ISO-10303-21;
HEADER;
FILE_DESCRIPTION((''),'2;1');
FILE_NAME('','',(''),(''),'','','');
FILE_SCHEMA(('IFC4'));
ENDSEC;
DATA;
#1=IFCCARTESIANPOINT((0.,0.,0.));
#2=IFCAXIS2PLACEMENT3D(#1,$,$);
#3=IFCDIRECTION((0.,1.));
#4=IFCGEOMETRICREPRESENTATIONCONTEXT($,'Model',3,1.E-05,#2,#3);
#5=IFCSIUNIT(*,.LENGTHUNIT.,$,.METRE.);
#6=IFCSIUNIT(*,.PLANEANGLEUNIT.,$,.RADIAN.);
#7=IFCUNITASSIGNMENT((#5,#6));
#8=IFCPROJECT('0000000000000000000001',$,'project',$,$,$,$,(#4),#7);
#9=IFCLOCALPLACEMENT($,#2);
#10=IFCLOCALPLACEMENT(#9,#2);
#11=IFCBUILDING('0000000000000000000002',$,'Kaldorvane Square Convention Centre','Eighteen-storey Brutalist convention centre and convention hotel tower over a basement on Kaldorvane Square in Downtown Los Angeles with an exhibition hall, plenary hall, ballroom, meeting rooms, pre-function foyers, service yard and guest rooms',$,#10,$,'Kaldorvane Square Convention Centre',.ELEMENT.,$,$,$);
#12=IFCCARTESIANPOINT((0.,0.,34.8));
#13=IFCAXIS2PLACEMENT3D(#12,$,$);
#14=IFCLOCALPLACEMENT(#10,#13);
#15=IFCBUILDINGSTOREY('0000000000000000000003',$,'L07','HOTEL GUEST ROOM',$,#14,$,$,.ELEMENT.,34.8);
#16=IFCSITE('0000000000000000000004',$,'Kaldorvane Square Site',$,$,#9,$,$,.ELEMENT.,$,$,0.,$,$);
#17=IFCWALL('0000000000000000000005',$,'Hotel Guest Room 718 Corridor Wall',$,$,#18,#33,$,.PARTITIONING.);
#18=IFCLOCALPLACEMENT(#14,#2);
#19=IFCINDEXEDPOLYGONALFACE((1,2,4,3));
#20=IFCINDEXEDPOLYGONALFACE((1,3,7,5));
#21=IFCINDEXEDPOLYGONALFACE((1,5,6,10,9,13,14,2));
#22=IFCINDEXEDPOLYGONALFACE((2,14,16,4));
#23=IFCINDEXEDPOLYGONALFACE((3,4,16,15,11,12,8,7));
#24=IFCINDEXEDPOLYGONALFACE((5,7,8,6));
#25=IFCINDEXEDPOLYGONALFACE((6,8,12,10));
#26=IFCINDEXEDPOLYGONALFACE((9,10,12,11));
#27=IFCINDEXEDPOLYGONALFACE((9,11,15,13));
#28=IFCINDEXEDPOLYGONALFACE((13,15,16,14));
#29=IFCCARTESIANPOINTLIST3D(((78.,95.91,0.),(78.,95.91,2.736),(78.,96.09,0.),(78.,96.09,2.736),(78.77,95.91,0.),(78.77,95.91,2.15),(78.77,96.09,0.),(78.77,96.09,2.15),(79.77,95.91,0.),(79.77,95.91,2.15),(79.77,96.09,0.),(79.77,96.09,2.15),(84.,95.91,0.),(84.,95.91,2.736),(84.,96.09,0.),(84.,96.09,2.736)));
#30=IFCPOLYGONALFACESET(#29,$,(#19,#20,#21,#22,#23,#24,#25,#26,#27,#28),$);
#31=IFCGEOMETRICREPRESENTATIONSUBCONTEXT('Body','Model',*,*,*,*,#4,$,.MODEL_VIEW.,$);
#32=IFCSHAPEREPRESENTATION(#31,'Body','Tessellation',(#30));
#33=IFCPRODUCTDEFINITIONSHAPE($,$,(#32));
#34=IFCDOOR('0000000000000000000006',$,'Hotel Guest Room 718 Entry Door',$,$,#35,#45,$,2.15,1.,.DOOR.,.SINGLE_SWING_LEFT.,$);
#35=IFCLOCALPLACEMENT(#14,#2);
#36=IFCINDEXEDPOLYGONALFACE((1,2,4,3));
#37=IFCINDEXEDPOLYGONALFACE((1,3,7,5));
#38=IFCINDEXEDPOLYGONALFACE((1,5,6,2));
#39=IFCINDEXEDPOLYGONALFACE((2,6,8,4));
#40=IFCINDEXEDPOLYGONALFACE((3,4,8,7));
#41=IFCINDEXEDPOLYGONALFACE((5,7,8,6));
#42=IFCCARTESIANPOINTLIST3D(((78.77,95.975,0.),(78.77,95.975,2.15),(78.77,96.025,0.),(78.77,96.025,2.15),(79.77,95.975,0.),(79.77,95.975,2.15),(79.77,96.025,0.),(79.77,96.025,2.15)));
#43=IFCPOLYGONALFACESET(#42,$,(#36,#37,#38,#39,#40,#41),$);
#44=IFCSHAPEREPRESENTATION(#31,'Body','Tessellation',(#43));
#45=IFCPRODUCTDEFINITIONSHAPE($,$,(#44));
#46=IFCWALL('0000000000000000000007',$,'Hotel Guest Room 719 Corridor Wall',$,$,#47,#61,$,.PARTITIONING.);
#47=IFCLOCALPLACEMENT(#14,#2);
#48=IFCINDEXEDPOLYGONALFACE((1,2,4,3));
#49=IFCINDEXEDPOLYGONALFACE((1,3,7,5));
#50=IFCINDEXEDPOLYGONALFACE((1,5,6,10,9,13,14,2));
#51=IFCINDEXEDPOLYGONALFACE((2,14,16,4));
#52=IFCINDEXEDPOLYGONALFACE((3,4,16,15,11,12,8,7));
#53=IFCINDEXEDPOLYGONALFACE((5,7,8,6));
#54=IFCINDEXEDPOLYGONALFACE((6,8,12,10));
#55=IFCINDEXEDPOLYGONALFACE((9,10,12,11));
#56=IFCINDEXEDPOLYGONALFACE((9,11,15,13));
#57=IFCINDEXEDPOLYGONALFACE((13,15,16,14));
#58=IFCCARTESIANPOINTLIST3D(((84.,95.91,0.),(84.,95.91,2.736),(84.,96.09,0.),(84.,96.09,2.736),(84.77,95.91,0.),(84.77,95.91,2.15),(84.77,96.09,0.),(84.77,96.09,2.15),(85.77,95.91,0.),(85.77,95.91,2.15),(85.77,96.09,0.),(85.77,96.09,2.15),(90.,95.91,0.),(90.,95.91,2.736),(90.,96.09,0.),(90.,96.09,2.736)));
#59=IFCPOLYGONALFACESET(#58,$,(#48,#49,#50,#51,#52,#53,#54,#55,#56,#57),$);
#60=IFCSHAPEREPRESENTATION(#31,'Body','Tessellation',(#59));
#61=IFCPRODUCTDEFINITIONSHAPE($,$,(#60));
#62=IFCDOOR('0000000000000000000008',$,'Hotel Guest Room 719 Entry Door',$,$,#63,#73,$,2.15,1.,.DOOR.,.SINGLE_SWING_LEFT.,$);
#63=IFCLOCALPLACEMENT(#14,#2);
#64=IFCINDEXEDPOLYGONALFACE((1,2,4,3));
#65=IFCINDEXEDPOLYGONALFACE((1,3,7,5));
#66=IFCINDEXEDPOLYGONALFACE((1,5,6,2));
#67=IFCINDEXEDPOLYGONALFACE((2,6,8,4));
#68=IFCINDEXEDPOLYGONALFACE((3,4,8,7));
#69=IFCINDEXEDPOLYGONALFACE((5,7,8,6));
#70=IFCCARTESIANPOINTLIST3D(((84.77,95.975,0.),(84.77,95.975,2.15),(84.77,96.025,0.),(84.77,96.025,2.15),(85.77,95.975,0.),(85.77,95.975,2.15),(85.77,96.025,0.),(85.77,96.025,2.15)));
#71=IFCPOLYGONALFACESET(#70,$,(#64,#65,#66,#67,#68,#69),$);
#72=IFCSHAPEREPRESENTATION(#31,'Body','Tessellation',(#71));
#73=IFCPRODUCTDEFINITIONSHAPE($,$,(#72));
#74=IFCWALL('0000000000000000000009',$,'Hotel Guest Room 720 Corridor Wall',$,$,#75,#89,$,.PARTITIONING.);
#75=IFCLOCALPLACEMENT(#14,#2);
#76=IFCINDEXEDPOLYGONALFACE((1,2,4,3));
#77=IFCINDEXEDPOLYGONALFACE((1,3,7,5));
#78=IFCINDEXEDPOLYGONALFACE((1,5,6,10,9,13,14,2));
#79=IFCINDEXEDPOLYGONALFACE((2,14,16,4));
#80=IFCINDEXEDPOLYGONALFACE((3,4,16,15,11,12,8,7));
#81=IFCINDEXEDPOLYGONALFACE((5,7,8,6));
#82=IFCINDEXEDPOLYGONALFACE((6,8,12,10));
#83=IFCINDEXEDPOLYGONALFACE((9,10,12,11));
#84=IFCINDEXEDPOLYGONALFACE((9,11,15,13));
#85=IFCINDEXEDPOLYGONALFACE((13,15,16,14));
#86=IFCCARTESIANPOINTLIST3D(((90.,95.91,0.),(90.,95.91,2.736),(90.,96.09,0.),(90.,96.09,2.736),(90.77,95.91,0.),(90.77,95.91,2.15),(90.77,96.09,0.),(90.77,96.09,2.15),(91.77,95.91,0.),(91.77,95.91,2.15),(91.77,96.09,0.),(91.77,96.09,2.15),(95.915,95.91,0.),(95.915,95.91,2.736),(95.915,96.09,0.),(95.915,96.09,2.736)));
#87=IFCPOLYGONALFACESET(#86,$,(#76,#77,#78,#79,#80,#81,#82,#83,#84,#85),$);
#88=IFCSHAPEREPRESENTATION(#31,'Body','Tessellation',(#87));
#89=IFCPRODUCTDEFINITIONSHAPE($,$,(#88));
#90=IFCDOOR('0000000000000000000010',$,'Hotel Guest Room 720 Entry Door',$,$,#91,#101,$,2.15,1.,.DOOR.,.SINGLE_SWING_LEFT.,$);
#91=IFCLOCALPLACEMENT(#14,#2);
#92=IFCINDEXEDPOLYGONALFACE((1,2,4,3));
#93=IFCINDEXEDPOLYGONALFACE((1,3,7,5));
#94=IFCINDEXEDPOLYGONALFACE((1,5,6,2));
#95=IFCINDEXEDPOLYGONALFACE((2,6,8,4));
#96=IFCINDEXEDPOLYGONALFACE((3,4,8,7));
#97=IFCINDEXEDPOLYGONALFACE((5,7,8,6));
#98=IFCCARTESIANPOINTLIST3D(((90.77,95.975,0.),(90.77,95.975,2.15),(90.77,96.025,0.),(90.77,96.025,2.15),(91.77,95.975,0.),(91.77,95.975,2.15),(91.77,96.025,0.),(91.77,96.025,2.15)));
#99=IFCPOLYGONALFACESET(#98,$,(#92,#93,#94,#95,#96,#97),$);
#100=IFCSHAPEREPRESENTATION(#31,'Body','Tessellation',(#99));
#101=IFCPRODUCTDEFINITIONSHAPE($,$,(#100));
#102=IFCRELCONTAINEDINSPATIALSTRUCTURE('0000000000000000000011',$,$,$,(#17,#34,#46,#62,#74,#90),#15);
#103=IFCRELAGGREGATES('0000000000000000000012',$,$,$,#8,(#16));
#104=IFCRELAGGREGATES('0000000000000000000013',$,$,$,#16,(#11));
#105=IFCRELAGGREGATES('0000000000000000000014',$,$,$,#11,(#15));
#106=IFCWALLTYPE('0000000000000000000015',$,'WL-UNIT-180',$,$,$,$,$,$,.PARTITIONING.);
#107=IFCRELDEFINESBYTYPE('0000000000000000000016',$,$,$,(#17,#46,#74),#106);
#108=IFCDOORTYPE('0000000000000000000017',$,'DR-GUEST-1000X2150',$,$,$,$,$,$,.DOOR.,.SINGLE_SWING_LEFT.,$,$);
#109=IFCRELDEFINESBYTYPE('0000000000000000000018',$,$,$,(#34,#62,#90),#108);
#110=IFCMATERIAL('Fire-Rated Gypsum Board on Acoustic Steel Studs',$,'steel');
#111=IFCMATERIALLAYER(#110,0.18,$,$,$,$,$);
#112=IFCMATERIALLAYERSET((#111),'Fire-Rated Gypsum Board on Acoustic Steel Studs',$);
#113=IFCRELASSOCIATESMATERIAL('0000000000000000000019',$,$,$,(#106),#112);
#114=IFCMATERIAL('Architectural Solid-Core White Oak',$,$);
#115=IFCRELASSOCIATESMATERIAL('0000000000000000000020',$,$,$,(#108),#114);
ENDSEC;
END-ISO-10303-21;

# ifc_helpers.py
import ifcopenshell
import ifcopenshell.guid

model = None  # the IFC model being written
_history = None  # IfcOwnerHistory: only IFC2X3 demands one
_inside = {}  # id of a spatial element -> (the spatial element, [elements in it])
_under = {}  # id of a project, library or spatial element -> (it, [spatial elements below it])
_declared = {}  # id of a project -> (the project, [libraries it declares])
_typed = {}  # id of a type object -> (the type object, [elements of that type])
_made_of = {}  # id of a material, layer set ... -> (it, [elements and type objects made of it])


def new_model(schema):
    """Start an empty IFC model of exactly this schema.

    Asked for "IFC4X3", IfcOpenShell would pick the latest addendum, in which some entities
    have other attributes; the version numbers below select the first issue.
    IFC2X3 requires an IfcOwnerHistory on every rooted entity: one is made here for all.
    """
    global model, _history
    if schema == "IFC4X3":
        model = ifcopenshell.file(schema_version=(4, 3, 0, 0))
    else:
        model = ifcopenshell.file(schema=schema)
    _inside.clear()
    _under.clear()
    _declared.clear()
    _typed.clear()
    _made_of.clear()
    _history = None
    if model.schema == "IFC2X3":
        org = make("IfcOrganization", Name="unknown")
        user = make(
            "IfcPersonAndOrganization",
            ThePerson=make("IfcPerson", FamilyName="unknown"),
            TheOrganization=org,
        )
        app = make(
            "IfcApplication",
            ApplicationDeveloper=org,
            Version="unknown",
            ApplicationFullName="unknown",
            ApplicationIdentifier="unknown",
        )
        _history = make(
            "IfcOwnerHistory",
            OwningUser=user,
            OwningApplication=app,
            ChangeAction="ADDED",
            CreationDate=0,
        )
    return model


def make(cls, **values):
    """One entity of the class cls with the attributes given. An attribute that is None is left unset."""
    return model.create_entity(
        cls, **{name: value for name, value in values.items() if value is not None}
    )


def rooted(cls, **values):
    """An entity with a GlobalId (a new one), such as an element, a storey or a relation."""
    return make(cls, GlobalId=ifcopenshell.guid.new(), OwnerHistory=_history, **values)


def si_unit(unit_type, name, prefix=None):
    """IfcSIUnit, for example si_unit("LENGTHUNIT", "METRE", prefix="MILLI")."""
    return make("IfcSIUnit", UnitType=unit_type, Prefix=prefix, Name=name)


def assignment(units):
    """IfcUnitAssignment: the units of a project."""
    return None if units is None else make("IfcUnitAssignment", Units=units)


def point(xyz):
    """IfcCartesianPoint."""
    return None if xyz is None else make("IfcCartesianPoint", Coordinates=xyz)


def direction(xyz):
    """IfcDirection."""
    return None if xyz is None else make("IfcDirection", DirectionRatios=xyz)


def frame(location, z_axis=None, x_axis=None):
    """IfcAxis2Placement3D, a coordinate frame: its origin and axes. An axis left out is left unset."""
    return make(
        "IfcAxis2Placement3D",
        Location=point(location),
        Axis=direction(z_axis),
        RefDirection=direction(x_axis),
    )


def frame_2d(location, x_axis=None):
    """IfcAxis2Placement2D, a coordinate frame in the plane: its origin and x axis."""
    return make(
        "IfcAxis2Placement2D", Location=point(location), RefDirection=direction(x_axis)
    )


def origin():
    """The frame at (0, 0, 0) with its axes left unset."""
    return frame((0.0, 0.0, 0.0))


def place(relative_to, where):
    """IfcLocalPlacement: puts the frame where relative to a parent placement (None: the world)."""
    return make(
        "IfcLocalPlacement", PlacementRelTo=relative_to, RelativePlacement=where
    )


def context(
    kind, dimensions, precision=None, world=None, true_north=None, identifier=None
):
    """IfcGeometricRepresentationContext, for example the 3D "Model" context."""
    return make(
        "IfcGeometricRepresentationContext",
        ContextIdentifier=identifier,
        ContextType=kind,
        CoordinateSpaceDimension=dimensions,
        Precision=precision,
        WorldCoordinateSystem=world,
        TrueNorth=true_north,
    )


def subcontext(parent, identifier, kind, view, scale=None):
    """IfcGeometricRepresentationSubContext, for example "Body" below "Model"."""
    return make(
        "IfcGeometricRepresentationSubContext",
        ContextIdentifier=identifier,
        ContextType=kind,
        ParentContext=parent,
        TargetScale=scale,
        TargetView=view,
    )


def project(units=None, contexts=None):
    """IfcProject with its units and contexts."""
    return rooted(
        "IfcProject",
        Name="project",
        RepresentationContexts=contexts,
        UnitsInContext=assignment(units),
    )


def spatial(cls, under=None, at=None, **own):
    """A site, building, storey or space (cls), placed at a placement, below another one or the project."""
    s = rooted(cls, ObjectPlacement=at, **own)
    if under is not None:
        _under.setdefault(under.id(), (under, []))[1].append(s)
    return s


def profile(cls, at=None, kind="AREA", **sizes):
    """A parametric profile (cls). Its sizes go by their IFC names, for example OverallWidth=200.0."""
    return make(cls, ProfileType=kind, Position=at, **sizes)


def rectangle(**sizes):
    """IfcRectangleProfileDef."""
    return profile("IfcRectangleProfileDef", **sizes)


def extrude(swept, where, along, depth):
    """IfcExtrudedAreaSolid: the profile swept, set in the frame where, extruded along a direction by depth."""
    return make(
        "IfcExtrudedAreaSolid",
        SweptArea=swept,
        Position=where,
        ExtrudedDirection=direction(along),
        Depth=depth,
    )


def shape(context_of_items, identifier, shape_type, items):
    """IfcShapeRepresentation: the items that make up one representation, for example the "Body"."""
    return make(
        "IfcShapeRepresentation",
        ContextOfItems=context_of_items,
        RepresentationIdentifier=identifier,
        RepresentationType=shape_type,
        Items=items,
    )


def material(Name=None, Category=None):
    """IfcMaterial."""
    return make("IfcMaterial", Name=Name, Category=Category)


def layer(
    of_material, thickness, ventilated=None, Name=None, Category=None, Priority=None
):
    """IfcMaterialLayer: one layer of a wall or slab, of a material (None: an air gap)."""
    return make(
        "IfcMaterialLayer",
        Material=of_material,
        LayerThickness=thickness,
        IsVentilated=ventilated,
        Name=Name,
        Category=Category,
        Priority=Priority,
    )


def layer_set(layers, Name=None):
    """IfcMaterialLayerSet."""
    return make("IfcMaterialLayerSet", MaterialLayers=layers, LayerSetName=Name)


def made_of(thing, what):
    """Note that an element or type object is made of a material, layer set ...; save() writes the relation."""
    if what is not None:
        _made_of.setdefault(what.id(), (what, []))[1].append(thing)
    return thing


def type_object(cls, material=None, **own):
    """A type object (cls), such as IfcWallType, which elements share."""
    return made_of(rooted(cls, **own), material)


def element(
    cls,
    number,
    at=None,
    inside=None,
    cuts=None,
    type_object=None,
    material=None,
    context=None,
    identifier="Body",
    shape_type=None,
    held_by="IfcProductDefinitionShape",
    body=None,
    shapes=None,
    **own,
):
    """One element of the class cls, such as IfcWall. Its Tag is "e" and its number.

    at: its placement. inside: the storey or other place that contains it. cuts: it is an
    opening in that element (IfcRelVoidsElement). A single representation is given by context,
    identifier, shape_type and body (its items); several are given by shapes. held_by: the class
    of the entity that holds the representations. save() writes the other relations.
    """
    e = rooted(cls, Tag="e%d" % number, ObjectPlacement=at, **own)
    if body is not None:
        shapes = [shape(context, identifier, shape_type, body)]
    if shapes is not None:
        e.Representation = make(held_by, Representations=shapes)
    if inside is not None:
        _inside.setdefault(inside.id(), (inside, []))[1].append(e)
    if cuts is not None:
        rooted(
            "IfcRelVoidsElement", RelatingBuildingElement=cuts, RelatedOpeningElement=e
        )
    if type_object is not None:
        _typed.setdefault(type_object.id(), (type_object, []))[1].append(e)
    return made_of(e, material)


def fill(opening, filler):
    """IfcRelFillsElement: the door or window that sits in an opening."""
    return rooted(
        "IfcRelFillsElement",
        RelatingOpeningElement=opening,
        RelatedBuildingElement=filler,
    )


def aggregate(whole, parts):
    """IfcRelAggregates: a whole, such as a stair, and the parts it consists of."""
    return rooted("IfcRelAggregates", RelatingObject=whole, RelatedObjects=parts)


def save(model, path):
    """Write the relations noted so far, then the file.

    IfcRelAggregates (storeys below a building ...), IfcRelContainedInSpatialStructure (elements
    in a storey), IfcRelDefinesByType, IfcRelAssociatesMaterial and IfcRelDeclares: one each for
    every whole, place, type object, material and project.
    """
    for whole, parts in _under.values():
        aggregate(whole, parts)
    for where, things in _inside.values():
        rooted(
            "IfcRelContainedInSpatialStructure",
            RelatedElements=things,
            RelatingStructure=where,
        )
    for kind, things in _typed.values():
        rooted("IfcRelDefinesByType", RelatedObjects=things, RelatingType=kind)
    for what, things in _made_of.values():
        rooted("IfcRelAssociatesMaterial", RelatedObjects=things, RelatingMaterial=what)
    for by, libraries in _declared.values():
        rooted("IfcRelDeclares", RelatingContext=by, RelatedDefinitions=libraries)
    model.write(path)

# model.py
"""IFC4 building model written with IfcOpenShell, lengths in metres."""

from ifc_helpers import new_model, si_unit, direction, frame, frame_2d, origin, place, context, subcontext, project, spatial, rectangle, extrude, material, layer, layer_set, type_object, element, fill, save


model = new_model("IFC4")

# Units and contexts
model_context = context("Model", 3, precision=1e-05, world=origin(), true_north=direction((0.0, 1.0)))
body_context = subcontext(model_context, "Body", "Model", "MODEL_VIEW")
ifc_project = project(units=[si_unit("LENGTHUNIT", "METRE"), si_unit("PLANEANGLEUNIT", "RADIAN")], contexts=[model_context])

# Site, building, storey
site_placement = place(None, origin())
site = spatial("IfcSite", under=ifc_project, at=site_placement, Name="Kaldorvane Square Site", CompositionType="ELEMENT", RefElevation=0.0)
building_placement = place(site_placement, origin())
building = spatial("IfcBuilding", under=site, at=building_placement, Name="Kaldorvane Square Convention Centre", Description="Eighteen-storey Brutalist convention centre and convention hotel tower over a basement on Kaldorvane Square in Downtown Los Angeles with an exhibition hall, plenary hall, ballroom, meeting rooms, pre-function foyers, service yard and guest rooms", LongName="Kaldorvane Square Convention Centre", CompositionType="ELEMENT")
storey_placement = place(building_placement, frame((0.0, 0.0, 34.8)))
storey = spatial("IfcBuildingStorey", under=building, at=storey_placement, Name="L07", Description="HOTEL GUEST ROOM", CompositionType="ELEMENT", Elevation=34.8)

# Shared definitions
ifc_material_1 = material(Name="Fire-Rated Gypsum Board on Acoustic Steel Studs", Category="steel")
ifc_material_2 = material(Name="Architectural Solid-Core White Oak")

# Walls, openings, doors
ifc_layer_1 = layer(ifc_material_1, 0.18)
ifc_layer_set_1 = layer_set([ifc_layer_1], Name="Fire-Rated Gypsum Board on Acoustic Steel Studs")
wall_type_1 = type_object("IfcWallType", Name="WL-UNIT-180", PredefinedType="PARTITIONING", material=ifc_layer_set_1)
wall_1_placement = place(storey_placement, frame((78.0, 96.0, 0.0), z_axis=(0.0, 0.0, 1.0), x_axis=(1.0, 0.0, 0.0)))
wall_1 = element("IfcWall", 1, at=wall_1_placement, inside=storey, type_object=wall_type_1, Name="Hotel Guest Room 718 Corridor Wall", PredefinedType="PARTITIONING", context=body_context, shape_type="SweptSolid", body=[
    extrude(rectangle(XDim=6.0, YDim=0.18, at=frame_2d((3.0, 0.0))), origin(), (0.0, 0.0, 1.0), 2.736),
])
opening_1_placement = place(wall_1_placement, frame((0.77, 0.0, 0.0)))
opening_1 = element("IfcOpeningElement", 2, at=opening_1_placement, cuts=wall_1, PredefinedType="OPENING", context=body_context, shape_type="SweptSolid", body=[
    extrude(rectangle(XDim=1.0, YDim=2.15, at=frame_2d((0.5, 1.075))), frame((0.0, 0.105, 0.0), z_axis=(0.0, -1.0, 0.0), x_axis=(1.0, 0.0, 0.0)), (0.0, 0.0, 1.0), 0.21),
])
door_type_1 = type_object("IfcDoorType", Name="DR-GUEST-1000X2150", OperationType="SINGLE_SWING_LEFT", PredefinedType="DOOR", material=ifc_material_2)
door_1_placement = place(opening_1_placement, origin())
door_1 = element("IfcDoor", 3, at=door_1_placement, inside=storey, type_object=door_type_1, Name="Hotel Guest Room 718 Entry Door", OperationType="SINGLE_SWING_LEFT", OverallHeight=2.15, OverallWidth=1.0, PredefinedType="DOOR", context=body_context, shape_type="SweptSolid", body=[
    extrude(rectangle(XDim=1.0, YDim=2.15, at=frame_2d((0.5, 1.075))), frame((0.0, 0.025, 0.0), z_axis=(0.0, -1.0, 0.0), x_axis=(1.0, 0.0, 0.0)), (0.0, 0.0, 1.0), 0.05),
])
fill(opening_1, door_1)
wall_2_placement = place(storey_placement, frame((84.0, 96.0, 0.0), z_axis=(0.0, 0.0, 1.0), x_axis=(1.0, 0.0, 0.0)))
wall_2 = element("IfcWall", 4, at=wall_2_placement, inside=storey, type_object=wall_type_1, Name="Hotel Guest Room 719 Corridor Wall", PredefinedType="PARTITIONING", context=body_context, shape_type="SweptSolid", body=[
    extrude(rectangle(XDim=6.0, YDim=0.18, at=frame_2d((3.0, 0.0))), origin(), (0.0, 0.0, 1.0), 2.736),
])
opening_2_placement = place(wall_2_placement, frame((0.77, 0.0, 0.0)))
opening_2 = element("IfcOpeningElement", 5, at=opening_2_placement, cuts=wall_2, PredefinedType="OPENING", context=body_context, shape_type="SweptSolid", body=[
    extrude(rectangle(XDim=1.0, YDim=2.15, at=frame_2d((0.5, 1.075))), frame((0.0, 0.105, 0.0), z_axis=(0.0, -1.0, 0.0), x_axis=(1.0, 0.0, 0.0)), (0.0, 0.0, 1.0), 0.21),
])
door_2_placement = place(opening_2_placement, origin())
door_2 = element("IfcDoor", 6, at=door_2_placement, inside=storey, type_object=door_type_1, Name="Hotel Guest Room 719 Entry Door", OperationType="SINGLE_SWING_LEFT", OverallHeight=2.15, OverallWidth=1.0, PredefinedType="DOOR", context=body_context, shape_type="SweptSolid", body=[
    extrude(rectangle(XDim=1.0, YDim=2.15, at=frame_2d((0.5, 1.075))), frame((0.0, 0.025, 0.0), z_axis=(0.0, -1.0, 0.0), x_axis=(1.0, 0.0, 0.0)), (0.0, 0.0, 1.0), 0.05),
])
fill(opening_2, door_2)
wall_3_placement = place(storey_placement, frame((90.0, 96.0, 0.0), z_axis=(0.0, 0.0, 1.0), x_axis=(1.0, 0.0, 0.0)))
wall_3 = element("IfcWall", 7, at=wall_3_placement, inside=storey, type_object=wall_type_1, Name="Hotel Guest Room 720 Corridor Wall", PredefinedType="PARTITIONING", context=body_context, shape_type="SweptSolid", body=[
    extrude(rectangle(XDim=5.915, YDim=0.18, at=frame_2d((2.9575, 0.0))), origin(), (0.0, 0.0, 1.0), 2.736),
])
opening_3_placement = place(wall_3_placement, frame((0.77, 0.0, 0.0)))
opening_3 = element("IfcOpeningElement", 8, at=opening_3_placement, cuts=wall_3, PredefinedType="OPENING", context=body_context, shape_type="SweptSolid", body=[
    extrude(rectangle(XDim=1.0, YDim=2.15, at=frame_2d((0.5, 1.075))), frame((0.0, 0.105, 0.0), z_axis=(0.0, -1.0, 0.0), x_axis=(1.0, 0.0, 0.0)), (0.0, 0.0, 1.0), 0.21),
])
door_3_placement = place(opening_3_placement, origin())
door_3 = element("IfcDoor", 9, at=door_3_placement, inside=storey, type_object=door_type_1, Name="Hotel Guest Room 720 Entry Door", OperationType="SINGLE_SWING_LEFT", OverallHeight=2.15, OverallWidth=1.0, PredefinedType="DOOR", context=body_context, shape_type="SweptSolid", body=[
    extrude(rectangle(XDim=1.0, YDim=2.15, at=frame_2d((0.5, 1.075))), frame((0.0, 0.025, 0.0), z_axis=(0.0, -1.0, 0.0), x_axis=(1.0, 0.0, 0.0)), (0.0, 0.0, 1.0), 0.05),
])
fill(opening_3, door_3)

save(model, "model.ifc")
